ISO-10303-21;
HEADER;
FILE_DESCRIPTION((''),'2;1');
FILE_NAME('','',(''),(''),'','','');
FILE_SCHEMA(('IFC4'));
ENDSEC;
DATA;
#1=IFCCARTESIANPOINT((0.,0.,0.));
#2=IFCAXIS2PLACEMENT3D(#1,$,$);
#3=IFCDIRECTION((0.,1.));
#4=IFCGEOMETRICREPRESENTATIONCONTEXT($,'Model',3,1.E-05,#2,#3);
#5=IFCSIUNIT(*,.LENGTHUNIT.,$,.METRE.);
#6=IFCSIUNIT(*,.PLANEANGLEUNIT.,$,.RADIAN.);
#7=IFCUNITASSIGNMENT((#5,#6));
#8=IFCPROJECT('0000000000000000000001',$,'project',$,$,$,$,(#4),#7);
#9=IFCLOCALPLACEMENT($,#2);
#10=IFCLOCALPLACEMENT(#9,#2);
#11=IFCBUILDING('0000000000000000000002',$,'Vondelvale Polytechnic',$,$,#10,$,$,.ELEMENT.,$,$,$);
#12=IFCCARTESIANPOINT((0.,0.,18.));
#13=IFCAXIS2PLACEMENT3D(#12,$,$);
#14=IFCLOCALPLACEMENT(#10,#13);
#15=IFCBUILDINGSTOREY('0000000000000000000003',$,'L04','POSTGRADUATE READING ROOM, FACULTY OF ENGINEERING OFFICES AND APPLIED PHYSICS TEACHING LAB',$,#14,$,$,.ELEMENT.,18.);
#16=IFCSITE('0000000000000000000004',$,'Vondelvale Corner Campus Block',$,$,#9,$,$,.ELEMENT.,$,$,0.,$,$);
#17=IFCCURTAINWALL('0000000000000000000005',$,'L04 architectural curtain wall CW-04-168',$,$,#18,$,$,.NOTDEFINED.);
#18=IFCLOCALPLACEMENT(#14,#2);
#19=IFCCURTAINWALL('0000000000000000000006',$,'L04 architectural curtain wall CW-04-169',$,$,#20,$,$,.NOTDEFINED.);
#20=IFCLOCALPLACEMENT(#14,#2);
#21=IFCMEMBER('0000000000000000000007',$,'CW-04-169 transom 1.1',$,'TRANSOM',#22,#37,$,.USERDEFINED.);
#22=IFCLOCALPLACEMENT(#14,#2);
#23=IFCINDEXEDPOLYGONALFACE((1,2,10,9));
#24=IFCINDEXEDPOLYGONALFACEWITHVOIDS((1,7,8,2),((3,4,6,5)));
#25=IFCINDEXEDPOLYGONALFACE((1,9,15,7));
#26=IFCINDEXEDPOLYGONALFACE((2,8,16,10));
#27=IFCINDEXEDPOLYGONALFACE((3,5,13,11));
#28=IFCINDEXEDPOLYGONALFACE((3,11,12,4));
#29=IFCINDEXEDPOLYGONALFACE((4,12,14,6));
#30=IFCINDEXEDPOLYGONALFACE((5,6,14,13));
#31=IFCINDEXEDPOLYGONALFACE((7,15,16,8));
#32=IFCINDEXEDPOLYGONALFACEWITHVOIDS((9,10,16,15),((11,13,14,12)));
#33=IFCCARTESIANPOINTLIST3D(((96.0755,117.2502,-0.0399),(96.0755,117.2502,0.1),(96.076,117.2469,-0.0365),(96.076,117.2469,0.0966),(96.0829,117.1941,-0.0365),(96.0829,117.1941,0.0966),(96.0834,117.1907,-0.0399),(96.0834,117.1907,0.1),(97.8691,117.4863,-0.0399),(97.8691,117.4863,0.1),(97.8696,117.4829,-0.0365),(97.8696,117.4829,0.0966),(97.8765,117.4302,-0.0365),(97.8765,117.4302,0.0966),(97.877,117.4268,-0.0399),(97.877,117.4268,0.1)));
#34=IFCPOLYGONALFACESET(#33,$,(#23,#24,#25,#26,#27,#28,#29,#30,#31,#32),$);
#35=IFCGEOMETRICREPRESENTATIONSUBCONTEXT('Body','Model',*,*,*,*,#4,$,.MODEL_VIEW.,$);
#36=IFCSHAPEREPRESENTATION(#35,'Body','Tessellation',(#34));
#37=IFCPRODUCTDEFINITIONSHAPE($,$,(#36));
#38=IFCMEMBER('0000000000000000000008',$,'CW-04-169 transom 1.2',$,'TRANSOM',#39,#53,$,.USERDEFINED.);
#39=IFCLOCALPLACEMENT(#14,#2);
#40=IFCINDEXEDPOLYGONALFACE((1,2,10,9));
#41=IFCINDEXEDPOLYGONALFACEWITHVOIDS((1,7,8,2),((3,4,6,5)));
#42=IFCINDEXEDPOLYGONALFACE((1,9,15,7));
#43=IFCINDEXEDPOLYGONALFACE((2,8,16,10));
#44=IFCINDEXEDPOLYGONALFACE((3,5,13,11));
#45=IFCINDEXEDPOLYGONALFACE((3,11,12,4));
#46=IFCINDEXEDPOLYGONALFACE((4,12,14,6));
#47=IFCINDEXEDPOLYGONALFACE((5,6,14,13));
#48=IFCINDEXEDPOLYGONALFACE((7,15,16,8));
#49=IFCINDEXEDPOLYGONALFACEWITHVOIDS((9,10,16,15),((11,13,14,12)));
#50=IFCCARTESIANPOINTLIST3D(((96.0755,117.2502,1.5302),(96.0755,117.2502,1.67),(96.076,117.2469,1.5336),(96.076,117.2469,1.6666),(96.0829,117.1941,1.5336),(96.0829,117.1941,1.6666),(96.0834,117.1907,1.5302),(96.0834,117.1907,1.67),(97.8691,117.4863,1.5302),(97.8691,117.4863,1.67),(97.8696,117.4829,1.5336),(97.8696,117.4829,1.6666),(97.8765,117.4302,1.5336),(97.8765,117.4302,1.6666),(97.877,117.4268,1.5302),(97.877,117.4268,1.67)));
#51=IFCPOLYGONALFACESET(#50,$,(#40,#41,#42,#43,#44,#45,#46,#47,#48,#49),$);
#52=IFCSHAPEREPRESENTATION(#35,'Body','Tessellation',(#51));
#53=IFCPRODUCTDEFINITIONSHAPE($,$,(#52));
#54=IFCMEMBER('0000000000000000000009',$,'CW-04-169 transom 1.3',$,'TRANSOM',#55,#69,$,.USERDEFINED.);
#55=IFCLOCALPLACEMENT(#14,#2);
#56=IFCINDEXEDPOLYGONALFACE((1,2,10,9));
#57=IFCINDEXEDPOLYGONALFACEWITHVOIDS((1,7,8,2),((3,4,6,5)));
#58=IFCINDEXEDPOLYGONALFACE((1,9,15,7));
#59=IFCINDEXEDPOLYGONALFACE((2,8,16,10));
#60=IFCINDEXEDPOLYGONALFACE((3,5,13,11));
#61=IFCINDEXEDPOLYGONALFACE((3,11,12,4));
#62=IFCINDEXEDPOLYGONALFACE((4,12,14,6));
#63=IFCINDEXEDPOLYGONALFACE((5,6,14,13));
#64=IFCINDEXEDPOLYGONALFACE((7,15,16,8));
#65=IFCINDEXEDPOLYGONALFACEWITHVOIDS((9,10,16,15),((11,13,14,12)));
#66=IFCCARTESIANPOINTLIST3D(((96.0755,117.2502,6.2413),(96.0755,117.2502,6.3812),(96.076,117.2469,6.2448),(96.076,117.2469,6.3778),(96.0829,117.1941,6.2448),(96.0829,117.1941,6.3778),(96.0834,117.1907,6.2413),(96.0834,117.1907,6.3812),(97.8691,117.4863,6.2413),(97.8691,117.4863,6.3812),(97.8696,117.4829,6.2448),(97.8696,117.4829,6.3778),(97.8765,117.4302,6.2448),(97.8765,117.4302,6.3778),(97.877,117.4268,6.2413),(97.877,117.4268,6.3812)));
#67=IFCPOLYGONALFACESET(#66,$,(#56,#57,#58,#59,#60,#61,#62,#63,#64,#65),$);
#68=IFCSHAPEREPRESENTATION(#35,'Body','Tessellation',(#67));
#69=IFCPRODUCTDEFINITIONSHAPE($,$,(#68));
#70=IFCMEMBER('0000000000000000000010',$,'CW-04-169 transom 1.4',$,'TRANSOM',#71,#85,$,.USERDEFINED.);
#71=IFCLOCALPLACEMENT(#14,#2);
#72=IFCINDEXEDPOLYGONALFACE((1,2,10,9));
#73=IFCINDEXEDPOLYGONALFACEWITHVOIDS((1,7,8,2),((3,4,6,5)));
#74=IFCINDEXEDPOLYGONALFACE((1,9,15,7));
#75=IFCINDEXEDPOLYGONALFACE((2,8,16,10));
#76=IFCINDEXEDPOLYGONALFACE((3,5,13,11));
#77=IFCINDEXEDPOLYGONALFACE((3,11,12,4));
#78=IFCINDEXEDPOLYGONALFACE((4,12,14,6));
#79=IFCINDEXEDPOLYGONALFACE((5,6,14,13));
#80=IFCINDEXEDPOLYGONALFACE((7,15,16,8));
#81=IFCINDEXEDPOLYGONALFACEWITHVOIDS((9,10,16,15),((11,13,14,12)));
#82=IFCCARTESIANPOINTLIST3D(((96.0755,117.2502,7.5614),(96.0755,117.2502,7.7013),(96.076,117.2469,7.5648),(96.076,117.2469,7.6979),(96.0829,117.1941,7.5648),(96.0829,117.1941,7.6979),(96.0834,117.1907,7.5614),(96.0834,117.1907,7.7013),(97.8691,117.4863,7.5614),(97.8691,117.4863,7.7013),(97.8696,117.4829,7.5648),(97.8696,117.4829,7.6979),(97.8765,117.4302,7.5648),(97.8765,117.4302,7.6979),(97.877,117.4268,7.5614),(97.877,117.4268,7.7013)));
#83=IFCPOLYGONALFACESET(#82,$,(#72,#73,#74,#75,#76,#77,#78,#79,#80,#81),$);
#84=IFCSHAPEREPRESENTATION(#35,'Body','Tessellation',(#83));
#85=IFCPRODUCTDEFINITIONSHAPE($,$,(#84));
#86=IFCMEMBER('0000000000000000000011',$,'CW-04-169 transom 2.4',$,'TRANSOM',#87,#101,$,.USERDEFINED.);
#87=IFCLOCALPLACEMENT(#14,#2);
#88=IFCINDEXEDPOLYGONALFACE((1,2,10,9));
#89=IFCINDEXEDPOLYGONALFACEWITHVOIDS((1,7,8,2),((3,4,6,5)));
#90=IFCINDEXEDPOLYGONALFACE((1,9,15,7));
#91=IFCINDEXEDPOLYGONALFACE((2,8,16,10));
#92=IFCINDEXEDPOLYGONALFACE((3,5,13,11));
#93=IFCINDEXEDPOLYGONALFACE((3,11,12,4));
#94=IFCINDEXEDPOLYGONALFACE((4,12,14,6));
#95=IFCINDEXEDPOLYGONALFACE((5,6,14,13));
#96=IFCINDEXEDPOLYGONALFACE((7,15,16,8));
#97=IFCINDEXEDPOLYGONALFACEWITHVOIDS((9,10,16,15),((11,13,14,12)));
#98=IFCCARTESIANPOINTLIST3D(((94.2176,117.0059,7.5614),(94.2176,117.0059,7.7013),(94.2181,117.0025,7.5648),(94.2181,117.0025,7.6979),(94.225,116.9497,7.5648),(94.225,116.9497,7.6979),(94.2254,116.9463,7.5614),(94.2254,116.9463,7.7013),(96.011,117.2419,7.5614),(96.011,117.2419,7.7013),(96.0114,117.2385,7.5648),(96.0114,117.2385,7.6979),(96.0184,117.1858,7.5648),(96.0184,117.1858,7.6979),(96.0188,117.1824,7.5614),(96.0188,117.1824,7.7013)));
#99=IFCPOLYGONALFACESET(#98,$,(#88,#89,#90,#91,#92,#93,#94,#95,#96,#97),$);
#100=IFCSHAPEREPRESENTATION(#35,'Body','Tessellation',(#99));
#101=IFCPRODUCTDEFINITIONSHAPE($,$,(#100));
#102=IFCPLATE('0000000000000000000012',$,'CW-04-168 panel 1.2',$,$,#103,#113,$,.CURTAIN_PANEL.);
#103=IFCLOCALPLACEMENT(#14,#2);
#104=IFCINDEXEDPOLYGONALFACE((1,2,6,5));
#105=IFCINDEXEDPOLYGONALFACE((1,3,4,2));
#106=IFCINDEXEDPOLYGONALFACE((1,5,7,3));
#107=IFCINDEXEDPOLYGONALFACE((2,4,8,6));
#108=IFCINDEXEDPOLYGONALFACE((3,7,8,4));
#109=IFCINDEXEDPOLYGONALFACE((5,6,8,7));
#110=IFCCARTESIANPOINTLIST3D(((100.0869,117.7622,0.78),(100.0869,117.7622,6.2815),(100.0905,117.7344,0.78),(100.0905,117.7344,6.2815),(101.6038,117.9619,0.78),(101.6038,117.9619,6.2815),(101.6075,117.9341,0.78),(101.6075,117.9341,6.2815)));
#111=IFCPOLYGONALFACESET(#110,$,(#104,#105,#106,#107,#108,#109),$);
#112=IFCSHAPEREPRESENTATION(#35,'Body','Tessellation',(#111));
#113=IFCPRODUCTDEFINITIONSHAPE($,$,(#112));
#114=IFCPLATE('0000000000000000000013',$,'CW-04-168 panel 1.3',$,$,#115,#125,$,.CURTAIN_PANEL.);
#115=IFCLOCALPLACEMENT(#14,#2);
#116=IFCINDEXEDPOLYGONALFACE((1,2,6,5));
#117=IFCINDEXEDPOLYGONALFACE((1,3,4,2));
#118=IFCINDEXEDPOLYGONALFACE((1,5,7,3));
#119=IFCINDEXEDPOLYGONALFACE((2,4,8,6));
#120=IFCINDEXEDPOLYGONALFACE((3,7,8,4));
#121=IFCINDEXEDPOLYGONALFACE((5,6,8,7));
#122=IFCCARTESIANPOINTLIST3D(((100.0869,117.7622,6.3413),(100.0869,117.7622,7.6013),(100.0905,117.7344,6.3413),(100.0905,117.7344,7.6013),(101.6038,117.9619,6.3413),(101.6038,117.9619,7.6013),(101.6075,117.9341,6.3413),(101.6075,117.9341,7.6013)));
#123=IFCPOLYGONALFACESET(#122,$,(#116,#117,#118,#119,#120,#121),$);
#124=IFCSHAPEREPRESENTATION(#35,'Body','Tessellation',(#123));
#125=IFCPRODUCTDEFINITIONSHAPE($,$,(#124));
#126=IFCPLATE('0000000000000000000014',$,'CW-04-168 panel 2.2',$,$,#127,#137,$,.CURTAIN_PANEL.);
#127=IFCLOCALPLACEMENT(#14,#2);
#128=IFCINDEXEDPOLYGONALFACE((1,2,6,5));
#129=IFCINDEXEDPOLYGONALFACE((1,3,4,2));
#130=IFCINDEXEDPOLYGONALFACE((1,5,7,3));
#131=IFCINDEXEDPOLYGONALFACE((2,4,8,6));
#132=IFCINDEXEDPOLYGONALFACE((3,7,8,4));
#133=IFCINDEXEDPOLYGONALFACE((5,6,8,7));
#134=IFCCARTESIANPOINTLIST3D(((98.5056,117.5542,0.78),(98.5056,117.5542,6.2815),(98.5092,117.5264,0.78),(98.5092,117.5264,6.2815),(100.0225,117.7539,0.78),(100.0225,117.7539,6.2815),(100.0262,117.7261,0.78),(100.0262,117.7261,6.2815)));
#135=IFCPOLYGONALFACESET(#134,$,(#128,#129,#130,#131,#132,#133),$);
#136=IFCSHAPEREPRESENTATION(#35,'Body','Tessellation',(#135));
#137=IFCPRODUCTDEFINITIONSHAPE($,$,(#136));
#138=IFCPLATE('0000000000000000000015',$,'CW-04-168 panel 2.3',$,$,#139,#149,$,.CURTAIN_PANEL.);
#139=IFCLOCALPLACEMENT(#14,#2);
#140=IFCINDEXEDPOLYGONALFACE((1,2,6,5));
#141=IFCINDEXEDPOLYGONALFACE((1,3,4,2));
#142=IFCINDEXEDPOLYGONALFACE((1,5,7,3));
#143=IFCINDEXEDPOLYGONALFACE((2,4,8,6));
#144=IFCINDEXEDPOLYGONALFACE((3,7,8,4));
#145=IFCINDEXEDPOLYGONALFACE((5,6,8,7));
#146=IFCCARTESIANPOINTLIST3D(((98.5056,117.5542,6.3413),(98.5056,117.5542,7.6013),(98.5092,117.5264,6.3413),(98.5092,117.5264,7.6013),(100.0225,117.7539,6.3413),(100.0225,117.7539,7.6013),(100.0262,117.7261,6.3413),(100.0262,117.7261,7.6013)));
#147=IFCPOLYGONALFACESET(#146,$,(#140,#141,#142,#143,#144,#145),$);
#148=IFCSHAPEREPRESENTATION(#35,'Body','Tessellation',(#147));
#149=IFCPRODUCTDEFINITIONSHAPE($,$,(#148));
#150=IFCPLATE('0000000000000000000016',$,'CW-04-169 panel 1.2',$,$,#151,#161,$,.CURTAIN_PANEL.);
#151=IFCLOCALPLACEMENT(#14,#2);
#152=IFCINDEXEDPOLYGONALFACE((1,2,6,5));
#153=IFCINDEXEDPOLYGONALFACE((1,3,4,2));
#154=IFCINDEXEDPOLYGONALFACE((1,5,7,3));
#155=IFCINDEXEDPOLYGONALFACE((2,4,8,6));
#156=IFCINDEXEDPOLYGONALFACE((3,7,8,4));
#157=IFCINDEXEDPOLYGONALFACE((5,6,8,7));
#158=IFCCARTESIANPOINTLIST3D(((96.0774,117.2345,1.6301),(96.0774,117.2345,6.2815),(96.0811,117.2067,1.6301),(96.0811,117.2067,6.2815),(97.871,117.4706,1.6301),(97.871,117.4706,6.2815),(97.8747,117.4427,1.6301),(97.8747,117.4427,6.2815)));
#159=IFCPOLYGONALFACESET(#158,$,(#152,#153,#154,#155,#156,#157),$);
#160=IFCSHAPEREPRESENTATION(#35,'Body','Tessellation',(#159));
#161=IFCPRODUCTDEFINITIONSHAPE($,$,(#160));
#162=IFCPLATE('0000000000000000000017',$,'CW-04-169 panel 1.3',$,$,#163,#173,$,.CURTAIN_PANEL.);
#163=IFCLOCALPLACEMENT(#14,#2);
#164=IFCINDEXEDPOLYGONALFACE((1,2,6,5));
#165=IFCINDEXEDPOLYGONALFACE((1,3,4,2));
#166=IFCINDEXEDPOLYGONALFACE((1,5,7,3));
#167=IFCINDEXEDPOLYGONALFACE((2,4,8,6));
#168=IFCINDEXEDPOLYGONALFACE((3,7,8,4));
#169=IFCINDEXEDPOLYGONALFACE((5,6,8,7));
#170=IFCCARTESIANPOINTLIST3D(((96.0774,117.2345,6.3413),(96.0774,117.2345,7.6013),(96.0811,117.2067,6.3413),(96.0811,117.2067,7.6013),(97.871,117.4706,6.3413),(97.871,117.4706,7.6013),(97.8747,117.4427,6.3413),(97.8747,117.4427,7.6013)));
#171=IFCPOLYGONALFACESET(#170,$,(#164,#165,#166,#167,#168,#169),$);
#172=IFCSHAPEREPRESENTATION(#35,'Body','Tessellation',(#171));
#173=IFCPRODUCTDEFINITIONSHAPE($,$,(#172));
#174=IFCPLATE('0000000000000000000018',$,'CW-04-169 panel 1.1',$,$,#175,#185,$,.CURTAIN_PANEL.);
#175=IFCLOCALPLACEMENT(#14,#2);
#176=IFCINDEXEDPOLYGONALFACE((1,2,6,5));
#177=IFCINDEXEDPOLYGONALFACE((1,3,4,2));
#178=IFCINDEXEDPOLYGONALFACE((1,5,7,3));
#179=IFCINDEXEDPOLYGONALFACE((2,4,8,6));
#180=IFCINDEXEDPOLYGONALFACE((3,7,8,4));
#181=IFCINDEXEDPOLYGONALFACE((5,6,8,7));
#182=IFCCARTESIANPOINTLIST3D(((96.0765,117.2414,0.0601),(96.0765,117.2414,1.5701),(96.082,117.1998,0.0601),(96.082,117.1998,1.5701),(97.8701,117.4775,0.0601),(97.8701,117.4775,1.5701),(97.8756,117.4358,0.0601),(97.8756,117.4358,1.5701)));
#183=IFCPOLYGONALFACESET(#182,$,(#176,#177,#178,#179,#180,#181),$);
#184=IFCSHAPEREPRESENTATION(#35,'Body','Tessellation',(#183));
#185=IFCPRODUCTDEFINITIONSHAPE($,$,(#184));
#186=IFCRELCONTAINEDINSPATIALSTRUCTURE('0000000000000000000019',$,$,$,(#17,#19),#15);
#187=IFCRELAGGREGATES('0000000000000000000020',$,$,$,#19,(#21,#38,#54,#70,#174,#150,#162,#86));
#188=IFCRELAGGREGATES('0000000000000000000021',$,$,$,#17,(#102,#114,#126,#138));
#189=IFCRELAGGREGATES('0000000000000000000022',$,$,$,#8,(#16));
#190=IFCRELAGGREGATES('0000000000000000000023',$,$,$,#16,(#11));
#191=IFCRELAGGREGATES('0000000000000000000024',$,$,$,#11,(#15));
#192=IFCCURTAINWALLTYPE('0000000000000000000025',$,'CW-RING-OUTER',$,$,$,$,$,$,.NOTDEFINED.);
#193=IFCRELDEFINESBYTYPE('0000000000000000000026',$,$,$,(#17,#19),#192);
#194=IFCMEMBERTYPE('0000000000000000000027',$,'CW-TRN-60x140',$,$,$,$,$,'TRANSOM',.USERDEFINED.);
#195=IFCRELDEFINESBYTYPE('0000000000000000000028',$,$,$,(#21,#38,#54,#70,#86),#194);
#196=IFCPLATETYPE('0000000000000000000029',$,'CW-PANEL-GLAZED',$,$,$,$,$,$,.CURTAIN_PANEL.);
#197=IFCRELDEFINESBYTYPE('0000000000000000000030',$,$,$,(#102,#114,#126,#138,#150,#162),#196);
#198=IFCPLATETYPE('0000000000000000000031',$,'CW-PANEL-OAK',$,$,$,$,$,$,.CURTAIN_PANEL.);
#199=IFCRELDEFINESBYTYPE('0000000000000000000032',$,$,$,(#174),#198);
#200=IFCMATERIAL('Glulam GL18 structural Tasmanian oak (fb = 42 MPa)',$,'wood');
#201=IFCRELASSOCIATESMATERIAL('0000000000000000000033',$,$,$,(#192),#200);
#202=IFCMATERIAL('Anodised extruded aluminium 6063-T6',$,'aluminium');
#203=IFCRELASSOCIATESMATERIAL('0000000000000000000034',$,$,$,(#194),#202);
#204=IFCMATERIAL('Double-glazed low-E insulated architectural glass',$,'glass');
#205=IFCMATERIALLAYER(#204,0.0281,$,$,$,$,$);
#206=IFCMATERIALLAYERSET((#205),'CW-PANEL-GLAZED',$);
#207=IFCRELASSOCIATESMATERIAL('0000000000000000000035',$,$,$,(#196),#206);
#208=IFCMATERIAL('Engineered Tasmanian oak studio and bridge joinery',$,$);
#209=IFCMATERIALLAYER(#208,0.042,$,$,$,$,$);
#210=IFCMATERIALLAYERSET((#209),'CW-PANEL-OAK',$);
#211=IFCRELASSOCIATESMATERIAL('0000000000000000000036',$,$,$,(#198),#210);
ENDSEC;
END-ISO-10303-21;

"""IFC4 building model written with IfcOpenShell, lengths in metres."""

from ifc_helpers import new_model, si_unit, direction, frame, origin, origin_2d, place, context, subcontext, project, spatial, rectangle, hollow_rectangle, extrude, material, layer, layer_set, material_profile, profile_set, type_object, element, aggregate, save


model = new_model("IFC4")

# Units and contexts
model_context = context("Model", 3, precision=1e-05, world=origin(), true_north=direction((0.0, 1.0)))
body_context = subcontext(model_context, "Body", "Model", "MODEL_VIEW")
ifc_project = project(units=[si_unit("LENGTHUNIT", "METRE"), si_unit("PLANEANGLEUNIT", "RADIAN")], contexts=[model_context])

# Site, building, storey
site_placement = place(None, origin())
site = spatial("IfcSite", under=ifc_project, at=site_placement, Name="Vondelvale Corner Campus Block", CompositionType="ELEMENT", RefElevation=0.0)
building_placement = place(site_placement, origin())
building = spatial("IfcBuilding", under=site, at=building_placement, Name="Vondelvale Polytechnic", CompositionType="ELEMENT")
storey_placement = place(building_placement, frame((0.0, 0.0, 18.0)))
storey = spatial("IfcBuildingStorey", under=building, at=storey_placement, Name="L04", Description="POSTGRADUATE READING ROOM, FACULTY OF ENGINEERING OFFICES AND APPLIED PHYSICS TEACHING LAB", CompositionType="ELEMENT", Elevation=18.0)

# Shared definitions
ifc_material_1 = material(Name="Glulam GL18 structural Tasmanian oak (fb = 42 MPa)", Category="wood")

# Curtain walls
curtain_wall_type = type_object("IfcCurtainWallType", Name="CW-RING-OUTER", PredefinedType="NOTDEFINED", material=ifc_material_1)
curtain_wall_1_placement = place(storey_placement, origin())
curtain_wall_1 = element("IfcCurtainWall", 1, at=curtain_wall_1_placement, inside=storey, type_object=curtain_wall_type, Name="L04 architectural curtain wall CW-04-168", PredefinedType="NOTDEFINED")
ifc_material_2 = material(Name="Anodised extruded aluminium 6063-T6", Category="aluminium")
curtain_wall_2_placement = place(storey_placement, origin())
curtain_wall_2 = element("IfcCurtainWall", 2, at=curtain_wall_2_placement, inside=storey, type_object=curtain_wall_type, Name="L04 architectural curtain wall CW-04-169", PredefinedType="NOTDEFINED")

# Members
ifc_material_profile_1 = material_profile(ifc_material_2, hollow_rectangle(XDim=0.0601, YDim=0.1399, WallThickness=0.0034, at=origin_2d()), Name="CW-TRN-140x60")
ifc_profile_set_1 = profile_set([ifc_material_profile_1], Name="Anodised extruded aluminium 6063-T6")
member_type_1 = type_object("IfcMemberType", Name="CW-TRN-60x140", ElementType="TRANSOM", PredefinedType="USERDEFINED", material=ifc_profile_set_1)
member_1_placement = place(storey_placement, frame((97.873, 117.4565, 0.03), z_axis=(-0.991449, -0.130493, 0.0), x_axis=(0.130493, -0.991449, 0.0)))
member_1 = element("IfcMember", 3, at=member_1_placement, type_object=member_type_1, Name="CW-04-169 transom 1.1", ObjectType="TRANSOM", PredefinedType="USERDEFINED", context=body_context, shape_type="SweptSolid", body=[
    extrude(hollow_rectangle(XDim=0.0601, YDim=0.1399, WallThickness=0.0034, at=origin_2d()), origin(), (0.0, 0.0, 1.0), 1.8091),
])
member_2_placement = place(storey_placement, frame((97.873, 117.4565, 1.6001), z_axis=(-0.991449, -0.130493, 0.0), x_axis=(0.130493, -0.991449, 0.0)))
member_2 = element("IfcMember", 4, at=member_2_placement, type_object=member_type_1, Name="CW-04-169 transom 1.2", ObjectType="TRANSOM", PredefinedType="USERDEFINED", context=body_context, shape_type="SweptSolid", body=[
    extrude(hollow_rectangle(XDim=0.0601, YDim=0.1399, WallThickness=0.0034, at=origin_2d()), origin(), (0.0, 0.0, 1.0), 1.8091),
])
member_3_placement = place(storey_placement, frame((97.873, 117.4565, 6.3113), z_axis=(-0.991449, -0.130493, 0.0), x_axis=(0.130493, -0.991449, 0.0)))
member_3 = element("IfcMember", 5, at=member_3_placement, type_object=member_type_1, Name="CW-04-169 transom 1.3", ObjectType="TRANSOM", PredefinedType="USERDEFINED", context=body_context, shape_type="SweptSolid", body=[
    extrude(hollow_rectangle(XDim=0.0601, YDim=0.1399, WallThickness=0.0034, at=origin_2d()), origin(), (0.0, 0.0, 1.0), 1.8091),
])
member_4_placement = place(storey_placement, frame((97.873, 117.4565, 7.6313), z_axis=(-0.991449, -0.130493, 0.0), x_axis=(0.130493, -0.991449, 0.0)))
member_4 = element("IfcMember", 6, at=member_4_placement, type_object=member_type_1, Name="CW-04-169 transom 1.4", ObjectType="TRANSOM", PredefinedType="USERDEFINED", context=body_context, shape_type="SweptSolid", body=[
    extrude(hollow_rectangle(XDim=0.0601, YDim=0.1399, WallThickness=0.0034, at=origin_2d()), origin(), (0.0, 0.0, 1.0), 1.8091),
])
member_5_placement = place(storey_placement, frame((96.0149, 117.2122, 7.6313), z_axis=(-0.991447, -0.13051, 0.0), x_axis=(0.13051, -0.991447, 0.0)))
member_5 = element("IfcMember", 7, at=member_5_placement, type_object=member_type_1, Name="CW-04-169 transom 2.4", ObjectType="TRANSOM", PredefinedType="USERDEFINED", context=body_context, shape_type="SweptSolid", body=[
    extrude(hollow_rectangle(XDim=0.0601, YDim=0.1399, WallThickness=0.0034, at=origin_2d()), origin(), (0.0, 0.0, 1.0), 1.8088),
])

# Plates
ifc_material_3 = material(Name="Double-glazed low-E insulated architectural glass", Category="glass")
ifc_layer_1 = layer(ifc_material_3, 0.0281)
ifc_layer_set_1 = layer_set([ifc_layer_1], Name="CW-PANEL-GLAZED")
plate_type_1 = type_object("IfcPlateType", Name="CW-PANEL-GLAZED", PredefinedType="CURTAIN_PANEL", material=ifc_layer_set_1)
plate_1_placement = place(storey_placement, frame((100.8472, 117.8481, 0.78), z_axis=(0.0, 0.0, 1.0), x_axis=(-0.991443, -0.13054, 0.0)))
plate_1 = element("IfcPlate", 8, at=plate_1_placement, type_object=plate_type_1, Name="CW-04-168 panel 1.2", PredefinedType="CURTAIN_PANEL", context=body_context, shape_type="SweptSolid", body=[
    extrude(rectangle(XDim=1.53, YDim=0.0281, at=origin_2d()), origin(), (0.0, 0.0, 1.0), 5.5015),
])
plate_2_placement = place(storey_placement, frame((100.8472, 117.8481, 6.3413), z_axis=(0.0, 0.0, 1.0), x_axis=(-0.991443, -0.13054, 0.0)))
plate_2 = element("IfcPlate", 9, at=plate_2_placement, type_object=plate_type_1, Name="CW-04-168 panel 1.3", PredefinedType="CURTAIN_PANEL", context=body_context, shape_type="SweptSolid", body=[
    extrude(rectangle(XDim=1.53, YDim=0.0281, at=origin_2d()), origin(), (0.0, 0.0, 1.0), 1.26),
])
plate_3_placement = place(storey_placement, frame((99.2659, 117.6401, 0.78), z_axis=(0.0, 0.0, 1.0), x_axis=(-0.991443, -0.13054, 0.0)))
plate_3 = element("IfcPlate", 10, at=plate_3_placement, type_object=plate_type_1, Name="CW-04-168 panel 2.2", PredefinedType="CURTAIN_PANEL", context=body_context, shape_type="SweptSolid", body=[
    extrude(rectangle(XDim=1.53, YDim=0.0281, at=origin_2d()), origin(), (0.0, 0.0, 1.0), 5.5015),
])
plate_4_placement = place(storey_placement, frame((99.2659, 117.6401, 6.3413), z_axis=(0.0, 0.0, 1.0), x_axis=(-0.991443, -0.13054, 0.0)))
plate_4 = element("IfcPlate", 11, at=plate_4_placement, type_object=plate_type_1, Name="CW-04-168 panel 2.3", PredefinedType="CURTAIN_PANEL", context=body_context, shape_type="SweptSolid", body=[
    extrude(rectangle(XDim=1.53, YDim=0.0281, at=origin_2d()), origin(), (0.0, 0.0, 1.0), 1.26),
])
plate_5_placement = place(storey_placement, frame((96.9761, 117.3386, 1.6301), z_axis=(0.0, 0.0, 1.0), x_axis=(-0.991449, -0.130497, 0.0)))
plate_5 = element("IfcPlate", 12, at=plate_5_placement, type_object=plate_type_1, Name="CW-04-169 panel 1.2", PredefinedType="CURTAIN_PANEL", context=body_context, shape_type="SweptSolid", body=[
    extrude(rectangle(XDim=1.8091, YDim=0.0281, at=origin_2d()), origin(), (0.0, 0.0, 1.0), 4.6514),
])
plate_6_placement = place(storey_placement, frame((96.9761, 117.3386, 6.3413), z_axis=(0.0, 0.0, 1.0), x_axis=(-0.991449, -0.130497, 0.0)))
plate_6 = element("IfcPlate", 13, at=plate_6_placement, type_object=plate_type_1, Name="CW-04-169 panel 1.3", PredefinedType="CURTAIN_PANEL", context=body_context, shape_type="SweptSolid", body=[
    extrude(rectangle(XDim=1.8091, YDim=0.0281, at=origin_2d()), origin(), (0.0, 0.0, 1.0), 1.26),
])
ifc_material_4 = material(Name="Engineered Tasmanian oak studio and bridge joinery")
ifc_layer_2 = layer(ifc_material_4, 0.042)
ifc_layer_set_2 = layer_set([ifc_layer_2], Name="CW-PANEL-OAK")
plate_type_2 = type_object("IfcPlateType", Name="CW-PANEL-OAK", PredefinedType="CURTAIN_PANEL", material=ifc_layer_set_2)
plate_7_placement = place(storey_placement, frame((96.9761, 117.3386, 0.0601), z_axis=(0.0, 0.0, 1.0), x_axis=(-0.991449, -0.130497, 0.0)))
plate_7 = element("IfcPlate", 14, at=plate_7_placement, type_object=plate_type_2, Name="CW-04-169 panel 1.1", PredefinedType="CURTAIN_PANEL", context=body_context, shape_type="SweptSolid", body=[
    extrude(rectangle(XDim=1.8091, YDim=0.042, at=origin_2d()), origin(), (0.0, 0.0, 1.0), 1.51),
])
aggregate(curtain_wall_2, [member_1, member_2, member_3, member_4, plate_7, plate_5, plate_6, member_5])
aggregate(curtain_wall_1, [plate_1, plate_2, plate_3, plate_4])

save(model, "model.ifc")
